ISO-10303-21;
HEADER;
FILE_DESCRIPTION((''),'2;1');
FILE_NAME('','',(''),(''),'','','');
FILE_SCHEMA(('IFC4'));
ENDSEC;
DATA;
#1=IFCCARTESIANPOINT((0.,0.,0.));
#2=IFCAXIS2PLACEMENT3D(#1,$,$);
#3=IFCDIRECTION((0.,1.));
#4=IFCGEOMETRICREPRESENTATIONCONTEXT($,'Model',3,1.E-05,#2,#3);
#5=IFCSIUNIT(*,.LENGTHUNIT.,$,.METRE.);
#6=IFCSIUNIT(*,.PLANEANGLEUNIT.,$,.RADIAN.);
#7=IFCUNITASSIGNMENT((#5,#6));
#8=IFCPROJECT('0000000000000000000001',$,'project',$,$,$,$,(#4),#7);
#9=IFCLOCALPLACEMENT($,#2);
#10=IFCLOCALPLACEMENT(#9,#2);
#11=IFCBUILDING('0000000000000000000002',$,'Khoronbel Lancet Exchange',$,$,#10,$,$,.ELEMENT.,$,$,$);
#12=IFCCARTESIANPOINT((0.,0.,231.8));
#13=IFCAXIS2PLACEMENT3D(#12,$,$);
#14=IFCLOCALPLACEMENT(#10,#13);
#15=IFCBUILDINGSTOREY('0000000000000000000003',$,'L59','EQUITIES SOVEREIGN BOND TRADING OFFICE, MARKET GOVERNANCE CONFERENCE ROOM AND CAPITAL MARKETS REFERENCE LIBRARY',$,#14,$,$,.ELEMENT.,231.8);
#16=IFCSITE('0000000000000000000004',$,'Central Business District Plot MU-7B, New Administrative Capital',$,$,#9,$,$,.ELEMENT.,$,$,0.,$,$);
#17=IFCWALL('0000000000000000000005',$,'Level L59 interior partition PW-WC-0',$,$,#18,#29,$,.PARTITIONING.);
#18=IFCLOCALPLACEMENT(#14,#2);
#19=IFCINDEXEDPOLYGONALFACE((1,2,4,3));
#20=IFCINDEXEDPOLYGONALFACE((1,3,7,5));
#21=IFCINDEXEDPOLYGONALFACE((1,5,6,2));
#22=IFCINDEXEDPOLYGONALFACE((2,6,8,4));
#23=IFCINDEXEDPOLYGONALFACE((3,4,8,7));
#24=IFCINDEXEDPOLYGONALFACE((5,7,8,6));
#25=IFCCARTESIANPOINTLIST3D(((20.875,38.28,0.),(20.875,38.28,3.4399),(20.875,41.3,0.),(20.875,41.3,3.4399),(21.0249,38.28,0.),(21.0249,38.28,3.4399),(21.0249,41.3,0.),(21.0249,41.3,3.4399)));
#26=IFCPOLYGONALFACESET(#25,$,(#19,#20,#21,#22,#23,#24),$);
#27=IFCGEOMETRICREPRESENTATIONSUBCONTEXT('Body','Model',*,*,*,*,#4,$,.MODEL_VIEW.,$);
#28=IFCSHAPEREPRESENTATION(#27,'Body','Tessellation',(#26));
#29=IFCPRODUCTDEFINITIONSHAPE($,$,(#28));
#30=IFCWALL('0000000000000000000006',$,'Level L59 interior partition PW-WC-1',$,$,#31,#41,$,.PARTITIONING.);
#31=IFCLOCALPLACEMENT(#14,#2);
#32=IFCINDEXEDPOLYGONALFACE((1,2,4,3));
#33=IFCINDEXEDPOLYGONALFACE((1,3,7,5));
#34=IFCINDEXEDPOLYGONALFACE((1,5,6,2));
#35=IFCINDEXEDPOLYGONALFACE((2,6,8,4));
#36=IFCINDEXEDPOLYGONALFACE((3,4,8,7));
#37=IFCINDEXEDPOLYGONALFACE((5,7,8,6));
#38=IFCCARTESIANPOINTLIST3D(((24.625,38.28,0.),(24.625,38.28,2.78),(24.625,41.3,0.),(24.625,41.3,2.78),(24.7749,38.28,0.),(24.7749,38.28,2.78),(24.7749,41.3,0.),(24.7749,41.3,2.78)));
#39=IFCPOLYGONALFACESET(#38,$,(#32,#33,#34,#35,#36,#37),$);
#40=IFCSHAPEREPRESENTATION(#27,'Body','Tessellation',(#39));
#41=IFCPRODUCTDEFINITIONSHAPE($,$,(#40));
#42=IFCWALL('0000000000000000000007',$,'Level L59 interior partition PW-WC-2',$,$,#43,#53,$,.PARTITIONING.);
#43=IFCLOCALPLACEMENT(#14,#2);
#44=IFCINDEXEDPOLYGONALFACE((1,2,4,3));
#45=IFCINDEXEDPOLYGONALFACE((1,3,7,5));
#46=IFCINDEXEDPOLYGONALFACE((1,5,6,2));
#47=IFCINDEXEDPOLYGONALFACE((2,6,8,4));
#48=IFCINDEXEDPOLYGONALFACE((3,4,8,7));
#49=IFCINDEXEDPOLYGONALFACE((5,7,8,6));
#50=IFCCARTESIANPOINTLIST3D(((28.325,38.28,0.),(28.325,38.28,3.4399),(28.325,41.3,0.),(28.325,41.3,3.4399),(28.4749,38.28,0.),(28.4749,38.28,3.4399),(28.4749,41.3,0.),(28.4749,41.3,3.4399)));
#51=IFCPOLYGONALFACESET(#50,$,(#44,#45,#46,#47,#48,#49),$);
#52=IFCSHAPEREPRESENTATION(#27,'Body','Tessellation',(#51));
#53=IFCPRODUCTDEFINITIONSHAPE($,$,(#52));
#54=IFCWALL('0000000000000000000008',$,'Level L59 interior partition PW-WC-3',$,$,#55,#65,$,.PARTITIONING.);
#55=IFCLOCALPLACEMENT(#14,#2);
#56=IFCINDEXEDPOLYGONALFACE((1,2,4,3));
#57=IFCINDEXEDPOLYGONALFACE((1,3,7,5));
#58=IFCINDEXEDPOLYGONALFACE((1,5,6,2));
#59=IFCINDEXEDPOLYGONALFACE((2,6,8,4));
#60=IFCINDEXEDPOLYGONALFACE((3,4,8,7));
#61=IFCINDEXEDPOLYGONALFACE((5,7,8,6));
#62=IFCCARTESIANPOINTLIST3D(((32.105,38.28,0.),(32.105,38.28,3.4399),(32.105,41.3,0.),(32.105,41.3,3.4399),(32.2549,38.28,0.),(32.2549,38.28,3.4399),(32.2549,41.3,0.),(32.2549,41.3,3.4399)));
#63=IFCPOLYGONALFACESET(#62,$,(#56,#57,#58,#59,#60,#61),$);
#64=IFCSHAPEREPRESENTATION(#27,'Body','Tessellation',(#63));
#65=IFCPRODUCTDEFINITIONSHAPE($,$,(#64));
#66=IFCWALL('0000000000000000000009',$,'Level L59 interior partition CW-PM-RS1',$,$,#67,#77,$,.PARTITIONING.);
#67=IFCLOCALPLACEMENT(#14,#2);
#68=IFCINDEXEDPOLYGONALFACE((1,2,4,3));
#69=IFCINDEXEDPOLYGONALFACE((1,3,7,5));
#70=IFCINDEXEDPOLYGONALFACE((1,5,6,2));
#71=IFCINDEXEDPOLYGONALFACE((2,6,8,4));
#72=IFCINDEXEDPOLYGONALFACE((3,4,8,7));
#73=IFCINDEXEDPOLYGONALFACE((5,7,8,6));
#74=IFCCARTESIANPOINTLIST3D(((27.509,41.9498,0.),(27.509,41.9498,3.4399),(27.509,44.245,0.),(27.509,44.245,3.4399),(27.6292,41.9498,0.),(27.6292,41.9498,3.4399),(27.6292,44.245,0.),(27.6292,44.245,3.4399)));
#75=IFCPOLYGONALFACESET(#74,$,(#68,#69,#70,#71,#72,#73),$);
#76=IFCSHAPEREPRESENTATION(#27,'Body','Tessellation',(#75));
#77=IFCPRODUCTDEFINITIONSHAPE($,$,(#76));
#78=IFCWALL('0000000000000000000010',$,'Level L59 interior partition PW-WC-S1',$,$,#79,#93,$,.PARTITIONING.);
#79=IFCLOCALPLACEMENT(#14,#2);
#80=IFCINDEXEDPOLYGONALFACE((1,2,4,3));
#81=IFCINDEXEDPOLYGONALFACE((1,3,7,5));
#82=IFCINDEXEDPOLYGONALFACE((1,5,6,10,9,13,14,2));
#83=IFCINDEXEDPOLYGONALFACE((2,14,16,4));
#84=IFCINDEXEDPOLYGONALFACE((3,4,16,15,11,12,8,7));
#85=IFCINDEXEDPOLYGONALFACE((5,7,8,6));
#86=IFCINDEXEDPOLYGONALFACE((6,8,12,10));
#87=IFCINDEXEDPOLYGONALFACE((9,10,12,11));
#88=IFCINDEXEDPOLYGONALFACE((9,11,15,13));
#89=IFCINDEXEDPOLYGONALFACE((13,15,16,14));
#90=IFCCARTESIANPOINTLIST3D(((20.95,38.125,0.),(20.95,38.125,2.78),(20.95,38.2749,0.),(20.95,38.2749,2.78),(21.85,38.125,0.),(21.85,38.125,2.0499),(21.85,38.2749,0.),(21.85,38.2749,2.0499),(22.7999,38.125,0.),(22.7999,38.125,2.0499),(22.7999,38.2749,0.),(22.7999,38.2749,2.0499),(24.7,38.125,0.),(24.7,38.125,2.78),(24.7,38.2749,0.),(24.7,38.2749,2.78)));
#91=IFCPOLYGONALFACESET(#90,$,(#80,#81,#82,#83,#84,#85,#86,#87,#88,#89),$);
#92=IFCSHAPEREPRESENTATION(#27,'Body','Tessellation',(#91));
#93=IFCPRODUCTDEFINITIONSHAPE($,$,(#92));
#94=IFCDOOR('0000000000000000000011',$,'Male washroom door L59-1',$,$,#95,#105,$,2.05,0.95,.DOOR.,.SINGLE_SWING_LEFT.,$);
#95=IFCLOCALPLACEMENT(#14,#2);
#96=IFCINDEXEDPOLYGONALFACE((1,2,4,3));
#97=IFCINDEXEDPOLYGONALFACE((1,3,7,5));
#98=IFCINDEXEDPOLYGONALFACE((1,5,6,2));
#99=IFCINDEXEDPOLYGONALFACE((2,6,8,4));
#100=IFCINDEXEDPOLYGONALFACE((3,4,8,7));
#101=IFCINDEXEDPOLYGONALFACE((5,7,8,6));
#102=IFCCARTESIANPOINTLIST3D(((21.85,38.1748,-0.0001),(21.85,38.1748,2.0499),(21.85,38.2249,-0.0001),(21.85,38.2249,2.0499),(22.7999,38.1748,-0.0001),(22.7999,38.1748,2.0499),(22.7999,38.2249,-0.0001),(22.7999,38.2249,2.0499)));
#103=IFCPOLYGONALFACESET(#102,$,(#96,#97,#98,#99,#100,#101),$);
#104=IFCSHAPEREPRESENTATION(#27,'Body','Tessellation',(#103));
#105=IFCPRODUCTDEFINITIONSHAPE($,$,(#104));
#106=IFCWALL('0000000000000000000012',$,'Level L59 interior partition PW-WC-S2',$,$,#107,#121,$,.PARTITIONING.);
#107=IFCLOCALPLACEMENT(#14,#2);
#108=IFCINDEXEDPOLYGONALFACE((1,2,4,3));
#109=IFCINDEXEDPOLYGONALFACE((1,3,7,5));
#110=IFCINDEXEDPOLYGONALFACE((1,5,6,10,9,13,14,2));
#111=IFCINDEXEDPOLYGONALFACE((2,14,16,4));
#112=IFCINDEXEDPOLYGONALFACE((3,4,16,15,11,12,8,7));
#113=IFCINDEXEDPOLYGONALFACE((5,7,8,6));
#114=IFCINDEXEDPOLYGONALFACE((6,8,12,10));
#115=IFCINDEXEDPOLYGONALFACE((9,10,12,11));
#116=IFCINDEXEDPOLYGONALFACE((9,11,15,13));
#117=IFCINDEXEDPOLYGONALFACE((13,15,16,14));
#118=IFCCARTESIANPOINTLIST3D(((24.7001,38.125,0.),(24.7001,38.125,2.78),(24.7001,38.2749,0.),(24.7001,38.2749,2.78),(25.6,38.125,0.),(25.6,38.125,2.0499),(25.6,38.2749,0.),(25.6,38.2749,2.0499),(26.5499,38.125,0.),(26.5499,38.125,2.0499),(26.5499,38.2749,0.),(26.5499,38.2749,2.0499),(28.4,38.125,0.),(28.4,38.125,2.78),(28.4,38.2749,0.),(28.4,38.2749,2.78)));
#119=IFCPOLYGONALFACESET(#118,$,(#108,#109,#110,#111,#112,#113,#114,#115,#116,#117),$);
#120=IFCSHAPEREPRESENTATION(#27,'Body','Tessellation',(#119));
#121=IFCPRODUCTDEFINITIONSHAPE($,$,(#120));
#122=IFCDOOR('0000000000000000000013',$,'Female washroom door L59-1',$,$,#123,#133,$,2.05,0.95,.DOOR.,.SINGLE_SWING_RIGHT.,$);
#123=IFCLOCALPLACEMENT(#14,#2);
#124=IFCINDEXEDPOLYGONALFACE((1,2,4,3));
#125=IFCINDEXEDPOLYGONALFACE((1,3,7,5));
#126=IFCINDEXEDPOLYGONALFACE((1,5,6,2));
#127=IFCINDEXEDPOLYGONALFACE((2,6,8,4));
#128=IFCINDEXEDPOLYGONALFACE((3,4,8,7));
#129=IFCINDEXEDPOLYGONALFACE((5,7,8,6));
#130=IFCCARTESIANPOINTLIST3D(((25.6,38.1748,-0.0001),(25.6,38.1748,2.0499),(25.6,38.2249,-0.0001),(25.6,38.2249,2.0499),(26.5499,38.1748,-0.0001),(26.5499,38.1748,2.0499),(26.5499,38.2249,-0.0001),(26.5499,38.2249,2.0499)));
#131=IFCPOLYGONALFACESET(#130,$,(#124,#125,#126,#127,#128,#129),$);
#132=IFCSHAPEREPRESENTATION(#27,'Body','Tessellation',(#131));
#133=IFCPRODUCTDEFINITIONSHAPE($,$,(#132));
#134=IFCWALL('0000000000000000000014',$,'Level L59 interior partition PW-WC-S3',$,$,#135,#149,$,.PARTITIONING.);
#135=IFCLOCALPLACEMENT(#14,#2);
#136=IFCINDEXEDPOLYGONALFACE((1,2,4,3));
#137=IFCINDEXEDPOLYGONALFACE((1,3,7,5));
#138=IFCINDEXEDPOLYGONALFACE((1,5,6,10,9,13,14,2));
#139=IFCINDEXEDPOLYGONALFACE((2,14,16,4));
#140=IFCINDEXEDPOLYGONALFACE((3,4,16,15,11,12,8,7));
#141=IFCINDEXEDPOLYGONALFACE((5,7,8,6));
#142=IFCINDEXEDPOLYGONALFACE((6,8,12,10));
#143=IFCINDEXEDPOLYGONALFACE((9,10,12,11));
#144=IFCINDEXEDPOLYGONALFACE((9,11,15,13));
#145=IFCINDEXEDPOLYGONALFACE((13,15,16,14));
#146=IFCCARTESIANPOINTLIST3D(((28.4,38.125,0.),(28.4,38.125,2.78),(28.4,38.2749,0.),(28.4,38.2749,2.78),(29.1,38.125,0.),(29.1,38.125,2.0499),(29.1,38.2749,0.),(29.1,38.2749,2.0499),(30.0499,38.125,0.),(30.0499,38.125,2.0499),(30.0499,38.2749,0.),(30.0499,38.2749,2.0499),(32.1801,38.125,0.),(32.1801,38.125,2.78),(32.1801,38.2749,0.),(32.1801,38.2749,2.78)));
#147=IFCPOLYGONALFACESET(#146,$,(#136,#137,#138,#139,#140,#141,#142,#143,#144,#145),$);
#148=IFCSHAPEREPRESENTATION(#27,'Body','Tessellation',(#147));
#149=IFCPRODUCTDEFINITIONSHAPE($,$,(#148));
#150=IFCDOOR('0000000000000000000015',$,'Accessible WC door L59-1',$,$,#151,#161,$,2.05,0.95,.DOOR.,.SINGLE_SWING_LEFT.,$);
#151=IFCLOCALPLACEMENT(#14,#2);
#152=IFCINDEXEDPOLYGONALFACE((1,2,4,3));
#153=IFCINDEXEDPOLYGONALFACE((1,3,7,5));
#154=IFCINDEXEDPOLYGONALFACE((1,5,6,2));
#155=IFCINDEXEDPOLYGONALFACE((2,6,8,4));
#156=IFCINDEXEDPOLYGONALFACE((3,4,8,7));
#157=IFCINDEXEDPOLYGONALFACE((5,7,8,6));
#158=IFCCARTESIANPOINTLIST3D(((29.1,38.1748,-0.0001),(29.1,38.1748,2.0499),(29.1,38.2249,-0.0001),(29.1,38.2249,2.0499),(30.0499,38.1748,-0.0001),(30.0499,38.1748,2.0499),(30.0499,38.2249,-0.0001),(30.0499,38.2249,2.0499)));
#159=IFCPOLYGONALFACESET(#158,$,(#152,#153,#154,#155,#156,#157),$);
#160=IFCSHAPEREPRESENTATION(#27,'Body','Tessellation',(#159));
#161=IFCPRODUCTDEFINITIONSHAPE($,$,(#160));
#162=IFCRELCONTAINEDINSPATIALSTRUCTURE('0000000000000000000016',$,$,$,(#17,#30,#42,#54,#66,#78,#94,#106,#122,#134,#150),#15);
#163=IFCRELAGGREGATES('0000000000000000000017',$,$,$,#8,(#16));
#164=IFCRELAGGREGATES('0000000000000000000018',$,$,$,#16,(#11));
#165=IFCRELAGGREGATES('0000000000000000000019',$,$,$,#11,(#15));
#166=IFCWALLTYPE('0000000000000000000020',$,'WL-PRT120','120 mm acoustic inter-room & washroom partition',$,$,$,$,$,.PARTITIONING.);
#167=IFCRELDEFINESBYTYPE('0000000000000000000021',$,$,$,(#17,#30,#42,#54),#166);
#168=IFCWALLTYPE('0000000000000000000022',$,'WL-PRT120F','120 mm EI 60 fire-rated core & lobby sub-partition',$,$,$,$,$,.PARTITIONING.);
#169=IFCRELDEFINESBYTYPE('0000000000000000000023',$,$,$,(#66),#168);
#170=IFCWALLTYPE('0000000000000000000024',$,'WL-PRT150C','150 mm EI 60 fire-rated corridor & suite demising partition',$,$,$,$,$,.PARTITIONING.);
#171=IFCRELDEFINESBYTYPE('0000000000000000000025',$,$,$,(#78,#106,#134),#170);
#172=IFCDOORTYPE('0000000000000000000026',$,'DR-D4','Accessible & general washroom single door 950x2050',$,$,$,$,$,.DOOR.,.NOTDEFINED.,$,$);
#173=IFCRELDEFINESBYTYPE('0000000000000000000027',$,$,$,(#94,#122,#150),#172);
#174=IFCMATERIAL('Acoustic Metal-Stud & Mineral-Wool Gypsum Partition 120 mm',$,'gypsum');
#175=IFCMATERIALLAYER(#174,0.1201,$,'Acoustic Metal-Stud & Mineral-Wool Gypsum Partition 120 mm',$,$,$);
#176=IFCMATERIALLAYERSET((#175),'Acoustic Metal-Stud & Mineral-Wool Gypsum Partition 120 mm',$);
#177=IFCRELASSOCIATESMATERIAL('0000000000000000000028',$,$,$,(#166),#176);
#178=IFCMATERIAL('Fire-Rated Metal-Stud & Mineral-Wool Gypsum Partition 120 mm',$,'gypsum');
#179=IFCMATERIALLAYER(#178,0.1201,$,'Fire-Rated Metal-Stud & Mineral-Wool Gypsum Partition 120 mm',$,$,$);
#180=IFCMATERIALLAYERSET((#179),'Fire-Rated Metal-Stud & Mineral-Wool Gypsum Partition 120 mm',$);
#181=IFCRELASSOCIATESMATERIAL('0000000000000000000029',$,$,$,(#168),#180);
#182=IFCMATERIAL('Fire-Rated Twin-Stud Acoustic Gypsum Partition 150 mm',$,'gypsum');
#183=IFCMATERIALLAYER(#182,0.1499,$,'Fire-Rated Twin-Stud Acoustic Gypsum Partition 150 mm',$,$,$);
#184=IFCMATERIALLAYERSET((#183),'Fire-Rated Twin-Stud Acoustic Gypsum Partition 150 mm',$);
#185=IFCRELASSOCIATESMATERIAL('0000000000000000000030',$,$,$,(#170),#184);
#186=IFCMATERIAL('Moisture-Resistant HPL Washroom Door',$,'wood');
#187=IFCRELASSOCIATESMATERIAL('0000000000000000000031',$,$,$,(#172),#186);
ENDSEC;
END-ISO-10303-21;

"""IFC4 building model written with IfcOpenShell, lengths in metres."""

from ifc_helpers import new_model, si_unit, direction, frame, frame_2d, origin, place, context, subcontext, project, spatial, rectangle, extrude, material, layer, layer_set, type_object, element, fill, save


model = new_model("IFC4")

# Units and contexts
model_context = context("Model", 3, precision=1e-05, world=origin(), true_north=direction((0.0, 1.0)))
body_context = subcontext(model_context, "Body", "Model", "MODEL_VIEW")
ifc_project = project(units=[si_unit("LENGTHUNIT", "METRE"), si_unit("PLANEANGLEUNIT", "RADIAN")], contexts=[model_context])

# Site, building, storey
site_placement = place(None, origin())
site = spatial("IfcSite", under=ifc_project, at=site_placement, Name="Central Business District Plot MU-7B, New Administrative Capital", CompositionType="ELEMENT", RefElevation=0.0)
building_placement = place(site_placement, origin())
building = spatial("IfcBuilding", under=site, at=building_placement, Name="Khoronbel Lancet Exchange", CompositionType="ELEMENT")
storey_placement = place(building_placement, frame((0.0, 0.0, 231.8)))
storey = spatial("IfcBuildingStorey", under=building, at=storey_placement, Name="L59", Description="EQUITIES SOVEREIGN BOND TRADING OFFICE, MARKET GOVERNANCE CONFERENCE ROOM AND CAPITAL MARKETS REFERENCE LIBRARY", CompositionType="ELEMENT", Elevation=231.8)

# Walls
ifc_material_1 = material(Name="Acoustic Metal-Stud & Mineral-Wool Gypsum Partition 120 mm", Category="gypsum")
ifc_layer_1 = layer(ifc_material_1, 0.1201, Name="Acoustic Metal-Stud & Mineral-Wool Gypsum Partition 120 mm")
ifc_layer_set_1 = layer_set([ifc_layer_1], Name="Acoustic Metal-Stud & Mineral-Wool Gypsum Partition 120 mm")
wall_type_1 = type_object("IfcWallType", Name="WL-PRT120", Description="120 mm acoustic inter-room & washroom partition", PredefinedType="PARTITIONING", material=ifc_layer_set_1)
wall_1_placement = place(storey_placement, frame((20.95, 38.28, 0.0), z_axis=(0.0, 0.0, 1.0), x_axis=(0.0, 1.0, 0.0)))
element("IfcWall", 1, at=wall_1_placement, inside=storey, type_object=wall_type_1, Name="Level L59 interior partition PW-WC-0", PredefinedType="PARTITIONING", context=body_context, shape_type="SweptSolid", body=[
    extrude(rectangle(XDim=3.02, YDim=0.1499, at=frame_2d((1.51, 0.0))), origin(), (0.0, 0.0, 1.0), 3.4399),
])
wall_2_placement = place(storey_placement, frame((24.7, 38.28, 0.0), z_axis=(0.0, 0.0, 1.0), x_axis=(0.0, 1.0, 0.0)))
element("IfcWall", 2, at=wall_2_placement, inside=storey, type_object=wall_type_1, Name="Level L59 interior partition PW-WC-1", PredefinedType="PARTITIONING", context=body_context, shape_type="SweptSolid", body=[
    extrude(rectangle(XDim=3.02, YDim=0.1499, at=frame_2d((1.51, 0.0))), origin(), (0.0, 0.0, 1.0), 2.78),
])
for number, where, z_axis, x_axis, name in (
    (3, (28.3999, 38.28, 0.0), (0.0, 0.0, 1.0), (0.0, 1.0, 0.0), "Level L59 interior partition PW-WC-2"),
    (4, (32.1799, 38.28, 0.0), (0.0, 0.0, 1.0), (0.0, 1.0, 0.0), "Level L59 interior partition PW-WC-3"),
):
    element("IfcWall", number, at=place(storey_placement, frame(where, z_axis=z_axis, x_axis=x_axis)), inside=storey, type_object=wall_type_1, Name=name, PredefinedType="PARTITIONING", context=body_context, shape_type="SweptSolid", body=[
        extrude(rectangle(XDim=3.02, YDim=0.1499, at=frame_2d((1.51, 0.0))), origin(), (0.0, 0.0, 1.0), 3.4399),
    ])
ifc_material_2 = material(Name="Fire-Rated Metal-Stud & Mineral-Wool Gypsum Partition 120 mm", Category="gypsum")
ifc_layer_2 = layer(ifc_material_2, 0.1201, Name="Fire-Rated Metal-Stud & Mineral-Wool Gypsum Partition 120 mm")
ifc_layer_set_2 = layer_set([ifc_layer_2], Name="Fire-Rated Metal-Stud & Mineral-Wool Gypsum Partition 120 mm")
wall_type_2 = type_object("IfcWallType", Name="WL-PRT120F", Description="120 mm EI 60 fire-rated core & lobby sub-partition", PredefinedType="PARTITIONING", material=ifc_layer_set_2)
wall_3_placement = place(storey_placement, frame((27.5691, 41.95, 0.0), z_axis=(0.0, 0.0, 1.0), x_axis=(0.0, 1.0, 0.0)))
element("IfcWall", 5, at=wall_3_placement, inside=storey, type_object=wall_type_2, Name="Level L59 interior partition CW-PM-RS1", PredefinedType="PARTITIONING", context=body_context, shape_type="SweptSolid", body=[
    extrude(rectangle(XDim=2.2952, YDim=0.1201, at=frame_2d((1.1475, 0.0))), origin(), (0.0, 0.0, 1.0), 3.4399),
])

# Walls, openings, doors
ifc_material_3 = material(Name="Fire-Rated Twin-Stud Acoustic Gypsum Partition 150 mm", Category="gypsum")
ifc_layer_3 = layer(ifc_material_3, 0.1499, Name="Fire-Rated Twin-Stud Acoustic Gypsum Partition 150 mm")
ifc_layer_set_3 = layer_set([ifc_layer_3], Name="Fire-Rated Twin-Stud Acoustic Gypsum Partition 150 mm")
wall_type_3 = type_object("IfcWallType", Name="WL-PRT150C", Description="150 mm EI 60 fire-rated corridor & suite demising partition", PredefinedType="PARTITIONING", material=ifc_layer_set_3)
wall_4_placement = place(storey_placement, frame((20.95, 38.2, 0.0), z_axis=(0.0, 0.0, 1.0), x_axis=(1.0, 0.0, 0.0)))
wall_4 = element("IfcWall", 6, at=wall_4_placement, inside=storey, type_object=wall_type_3, Name="Level L59 interior partition PW-WC-S1", PredefinedType="PARTITIONING", context=body_context, shape_type="SweptSolid", body=[
    extrude(rectangle(XDim=3.75, YDim=0.1499, at=frame_2d((1.875, 0.0))), origin(), (0.0, 0.0, 1.0), 2.78),
])
opening_1_placement = place(wall_4_placement, frame((0.8999, 0.0, 0.0)))
opening_1 = element("IfcOpeningElement", 7, at=opening_1_placement, cuts=wall_4, PredefinedType="OPENING", context=body_context, shape_type="SweptSolid", body=[
    extrude(rectangle(XDim=0.95, YDim=2.05, at=frame_2d((0.4751, 1.0249))), frame((0.0, 0.085, 0.0), z_axis=(0.0, -1.0, 0.0), x_axis=(1.0, 0.0, 0.0)), (0.0, 0.0, 1.0), 0.1699),
])
ifc_material_4 = material(Name="Moisture-Resistant HPL Washroom Door", Category="wood")
door_type_1 = type_object("IfcDoorType", Name="DR-D4", Description="Accessible & general washroom single door 950x2050", OperationType="NOTDEFINED", PredefinedType="DOOR", material=ifc_material_4)
door_1_placement = place(opening_1_placement, origin())
door_1 = element("IfcDoor", 8, at=door_1_placement, inside=storey, type_object=door_type_1, Name="Male washroom door L59-1", OperationType="SINGLE_SWING_LEFT", OverallHeight=2.05, OverallWidth=0.95, PredefinedType="DOOR", context=body_context, shape_type="SweptSolid", body=[
    extrude(rectangle(XDim=0.95, YDim=2.05, at=frame_2d((0.4751, 1.0249))), frame((0.0, 0.0249, 0.0), z_axis=(0.0, -1.0, 0.0), x_axis=(1.0, 0.0, 0.0)), (0.0, 0.0, 1.0), 0.05),
])
fill(opening_1, door_1)
wall_5_placement = place(storey_placement, frame((24.7, 38.2, 0.0), z_axis=(0.0, 0.0, 1.0), x_axis=(1.0, 0.0, 0.0)))
wall_5 = element("IfcWall", 9, at=wall_5_placement, inside=storey, type_object=wall_type_3, Name="Level L59 interior partition PW-WC-S2", PredefinedType="PARTITIONING", context=body_context, shape_type="SweptSolid", body=[
    extrude(rectangle(XDim=3.7, YDim=0.1499, at=frame_2d((1.8501, 0.0))), origin(), (0.0, 0.0, 1.0), 2.78),
])
opening_2_placement = place(wall_5_placement, frame((0.8999, 0.0, 0.0)))
opening_2 = element("IfcOpeningElement", 10, at=opening_2_placement, cuts=wall_5, PredefinedType="OPENING", context=body_context, shape_type="SweptSolid", body=[
    extrude(rectangle(XDim=0.95, YDim=2.05, at=frame_2d((0.4751, 1.0249))), frame((0.0, 0.085, 0.0), z_axis=(0.0, -1.0, 0.0), x_axis=(1.0, 0.0, 0.0)), (0.0, 0.0, 1.0), 0.1699),
])
door_2_placement = place(opening_2_placement, origin())
door_2 = element("IfcDoor", 11, at=door_2_placement, inside=storey, type_object=door_type_1, Name="Female washroom door L59-1", OperationType="SINGLE_SWING_RIGHT", OverallHeight=2.05, OverallWidth=0.95, PredefinedType="DOOR", context=body_context, shape_type="SweptSolid", body=[
    extrude(rectangle(XDim=0.95, YDim=2.05, at=frame_2d((0.4751, 1.0249))), frame((0.0, 0.0249, 0.0), z_axis=(0.0, -1.0, 0.0), x_axis=(1.0, 0.0, 0.0)), (0.0, 0.0, 1.0), 0.05),
])
fill(opening_2, door_2)
wall_6_placement = place(storey_placement, frame((28.3999, 38.2, 0.0), z_axis=(0.0, 0.0, 1.0), x_axis=(1.0, 0.0, 0.0)))
wall_6 = element("IfcWall", 12, at=wall_6_placement, inside=storey, type_object=wall_type_3, Name="Level L59 interior partition PW-WC-S3", PredefinedType="PARTITIONING", context=body_context, shape_type="SweptSolid", body=[
    extrude(rectangle(XDim=3.78, YDim=0.1499, at=frame_2d((1.8901, 0.0))), origin(), (0.0, 0.0, 1.0), 2.78),
])
opening_3_placement = place(wall_6_placement, frame((0.7, 0.0, 0.0)))
opening_3 = element("IfcOpeningElement", 13, at=opening_3_placement, cuts=wall_6, PredefinedType="OPENING", context=body_context, shape_type="SweptSolid", body=[
    extrude(rectangle(XDim=0.95, YDim=2.05, at=frame_2d((0.4751, 1.0249))), frame((0.0, 0.085, 0.0), z_axis=(0.0, -1.0, 0.0), x_axis=(1.0, 0.0, 0.0)), (0.0, 0.0, 1.0), 0.1699),
])
door_3_placement = place(opening_3_placement, origin())
door_3 = element("IfcDoor", 14, at=door_3_placement, inside=storey, type_object=door_type_1, Name="Accessible WC door L59-1", OperationType="SINGLE_SWING_LEFT", OverallHeight=2.05, OverallWidth=0.95, PredefinedType="DOOR", context=body_context, shape_type="SweptSolid", body=[
    extrude(rectangle(XDim=0.95, YDim=2.05, at=frame_2d((0.4751, 1.0249))), frame((0.0, 0.0249, 0.0), z_axis=(0.0, -1.0, 0.0), x_axis=(1.0, 0.0, 0.0)), (0.0, 0.0, 1.0), 0.05),
])
fill(opening_3, door_3)

save(model, "model.ifc")
